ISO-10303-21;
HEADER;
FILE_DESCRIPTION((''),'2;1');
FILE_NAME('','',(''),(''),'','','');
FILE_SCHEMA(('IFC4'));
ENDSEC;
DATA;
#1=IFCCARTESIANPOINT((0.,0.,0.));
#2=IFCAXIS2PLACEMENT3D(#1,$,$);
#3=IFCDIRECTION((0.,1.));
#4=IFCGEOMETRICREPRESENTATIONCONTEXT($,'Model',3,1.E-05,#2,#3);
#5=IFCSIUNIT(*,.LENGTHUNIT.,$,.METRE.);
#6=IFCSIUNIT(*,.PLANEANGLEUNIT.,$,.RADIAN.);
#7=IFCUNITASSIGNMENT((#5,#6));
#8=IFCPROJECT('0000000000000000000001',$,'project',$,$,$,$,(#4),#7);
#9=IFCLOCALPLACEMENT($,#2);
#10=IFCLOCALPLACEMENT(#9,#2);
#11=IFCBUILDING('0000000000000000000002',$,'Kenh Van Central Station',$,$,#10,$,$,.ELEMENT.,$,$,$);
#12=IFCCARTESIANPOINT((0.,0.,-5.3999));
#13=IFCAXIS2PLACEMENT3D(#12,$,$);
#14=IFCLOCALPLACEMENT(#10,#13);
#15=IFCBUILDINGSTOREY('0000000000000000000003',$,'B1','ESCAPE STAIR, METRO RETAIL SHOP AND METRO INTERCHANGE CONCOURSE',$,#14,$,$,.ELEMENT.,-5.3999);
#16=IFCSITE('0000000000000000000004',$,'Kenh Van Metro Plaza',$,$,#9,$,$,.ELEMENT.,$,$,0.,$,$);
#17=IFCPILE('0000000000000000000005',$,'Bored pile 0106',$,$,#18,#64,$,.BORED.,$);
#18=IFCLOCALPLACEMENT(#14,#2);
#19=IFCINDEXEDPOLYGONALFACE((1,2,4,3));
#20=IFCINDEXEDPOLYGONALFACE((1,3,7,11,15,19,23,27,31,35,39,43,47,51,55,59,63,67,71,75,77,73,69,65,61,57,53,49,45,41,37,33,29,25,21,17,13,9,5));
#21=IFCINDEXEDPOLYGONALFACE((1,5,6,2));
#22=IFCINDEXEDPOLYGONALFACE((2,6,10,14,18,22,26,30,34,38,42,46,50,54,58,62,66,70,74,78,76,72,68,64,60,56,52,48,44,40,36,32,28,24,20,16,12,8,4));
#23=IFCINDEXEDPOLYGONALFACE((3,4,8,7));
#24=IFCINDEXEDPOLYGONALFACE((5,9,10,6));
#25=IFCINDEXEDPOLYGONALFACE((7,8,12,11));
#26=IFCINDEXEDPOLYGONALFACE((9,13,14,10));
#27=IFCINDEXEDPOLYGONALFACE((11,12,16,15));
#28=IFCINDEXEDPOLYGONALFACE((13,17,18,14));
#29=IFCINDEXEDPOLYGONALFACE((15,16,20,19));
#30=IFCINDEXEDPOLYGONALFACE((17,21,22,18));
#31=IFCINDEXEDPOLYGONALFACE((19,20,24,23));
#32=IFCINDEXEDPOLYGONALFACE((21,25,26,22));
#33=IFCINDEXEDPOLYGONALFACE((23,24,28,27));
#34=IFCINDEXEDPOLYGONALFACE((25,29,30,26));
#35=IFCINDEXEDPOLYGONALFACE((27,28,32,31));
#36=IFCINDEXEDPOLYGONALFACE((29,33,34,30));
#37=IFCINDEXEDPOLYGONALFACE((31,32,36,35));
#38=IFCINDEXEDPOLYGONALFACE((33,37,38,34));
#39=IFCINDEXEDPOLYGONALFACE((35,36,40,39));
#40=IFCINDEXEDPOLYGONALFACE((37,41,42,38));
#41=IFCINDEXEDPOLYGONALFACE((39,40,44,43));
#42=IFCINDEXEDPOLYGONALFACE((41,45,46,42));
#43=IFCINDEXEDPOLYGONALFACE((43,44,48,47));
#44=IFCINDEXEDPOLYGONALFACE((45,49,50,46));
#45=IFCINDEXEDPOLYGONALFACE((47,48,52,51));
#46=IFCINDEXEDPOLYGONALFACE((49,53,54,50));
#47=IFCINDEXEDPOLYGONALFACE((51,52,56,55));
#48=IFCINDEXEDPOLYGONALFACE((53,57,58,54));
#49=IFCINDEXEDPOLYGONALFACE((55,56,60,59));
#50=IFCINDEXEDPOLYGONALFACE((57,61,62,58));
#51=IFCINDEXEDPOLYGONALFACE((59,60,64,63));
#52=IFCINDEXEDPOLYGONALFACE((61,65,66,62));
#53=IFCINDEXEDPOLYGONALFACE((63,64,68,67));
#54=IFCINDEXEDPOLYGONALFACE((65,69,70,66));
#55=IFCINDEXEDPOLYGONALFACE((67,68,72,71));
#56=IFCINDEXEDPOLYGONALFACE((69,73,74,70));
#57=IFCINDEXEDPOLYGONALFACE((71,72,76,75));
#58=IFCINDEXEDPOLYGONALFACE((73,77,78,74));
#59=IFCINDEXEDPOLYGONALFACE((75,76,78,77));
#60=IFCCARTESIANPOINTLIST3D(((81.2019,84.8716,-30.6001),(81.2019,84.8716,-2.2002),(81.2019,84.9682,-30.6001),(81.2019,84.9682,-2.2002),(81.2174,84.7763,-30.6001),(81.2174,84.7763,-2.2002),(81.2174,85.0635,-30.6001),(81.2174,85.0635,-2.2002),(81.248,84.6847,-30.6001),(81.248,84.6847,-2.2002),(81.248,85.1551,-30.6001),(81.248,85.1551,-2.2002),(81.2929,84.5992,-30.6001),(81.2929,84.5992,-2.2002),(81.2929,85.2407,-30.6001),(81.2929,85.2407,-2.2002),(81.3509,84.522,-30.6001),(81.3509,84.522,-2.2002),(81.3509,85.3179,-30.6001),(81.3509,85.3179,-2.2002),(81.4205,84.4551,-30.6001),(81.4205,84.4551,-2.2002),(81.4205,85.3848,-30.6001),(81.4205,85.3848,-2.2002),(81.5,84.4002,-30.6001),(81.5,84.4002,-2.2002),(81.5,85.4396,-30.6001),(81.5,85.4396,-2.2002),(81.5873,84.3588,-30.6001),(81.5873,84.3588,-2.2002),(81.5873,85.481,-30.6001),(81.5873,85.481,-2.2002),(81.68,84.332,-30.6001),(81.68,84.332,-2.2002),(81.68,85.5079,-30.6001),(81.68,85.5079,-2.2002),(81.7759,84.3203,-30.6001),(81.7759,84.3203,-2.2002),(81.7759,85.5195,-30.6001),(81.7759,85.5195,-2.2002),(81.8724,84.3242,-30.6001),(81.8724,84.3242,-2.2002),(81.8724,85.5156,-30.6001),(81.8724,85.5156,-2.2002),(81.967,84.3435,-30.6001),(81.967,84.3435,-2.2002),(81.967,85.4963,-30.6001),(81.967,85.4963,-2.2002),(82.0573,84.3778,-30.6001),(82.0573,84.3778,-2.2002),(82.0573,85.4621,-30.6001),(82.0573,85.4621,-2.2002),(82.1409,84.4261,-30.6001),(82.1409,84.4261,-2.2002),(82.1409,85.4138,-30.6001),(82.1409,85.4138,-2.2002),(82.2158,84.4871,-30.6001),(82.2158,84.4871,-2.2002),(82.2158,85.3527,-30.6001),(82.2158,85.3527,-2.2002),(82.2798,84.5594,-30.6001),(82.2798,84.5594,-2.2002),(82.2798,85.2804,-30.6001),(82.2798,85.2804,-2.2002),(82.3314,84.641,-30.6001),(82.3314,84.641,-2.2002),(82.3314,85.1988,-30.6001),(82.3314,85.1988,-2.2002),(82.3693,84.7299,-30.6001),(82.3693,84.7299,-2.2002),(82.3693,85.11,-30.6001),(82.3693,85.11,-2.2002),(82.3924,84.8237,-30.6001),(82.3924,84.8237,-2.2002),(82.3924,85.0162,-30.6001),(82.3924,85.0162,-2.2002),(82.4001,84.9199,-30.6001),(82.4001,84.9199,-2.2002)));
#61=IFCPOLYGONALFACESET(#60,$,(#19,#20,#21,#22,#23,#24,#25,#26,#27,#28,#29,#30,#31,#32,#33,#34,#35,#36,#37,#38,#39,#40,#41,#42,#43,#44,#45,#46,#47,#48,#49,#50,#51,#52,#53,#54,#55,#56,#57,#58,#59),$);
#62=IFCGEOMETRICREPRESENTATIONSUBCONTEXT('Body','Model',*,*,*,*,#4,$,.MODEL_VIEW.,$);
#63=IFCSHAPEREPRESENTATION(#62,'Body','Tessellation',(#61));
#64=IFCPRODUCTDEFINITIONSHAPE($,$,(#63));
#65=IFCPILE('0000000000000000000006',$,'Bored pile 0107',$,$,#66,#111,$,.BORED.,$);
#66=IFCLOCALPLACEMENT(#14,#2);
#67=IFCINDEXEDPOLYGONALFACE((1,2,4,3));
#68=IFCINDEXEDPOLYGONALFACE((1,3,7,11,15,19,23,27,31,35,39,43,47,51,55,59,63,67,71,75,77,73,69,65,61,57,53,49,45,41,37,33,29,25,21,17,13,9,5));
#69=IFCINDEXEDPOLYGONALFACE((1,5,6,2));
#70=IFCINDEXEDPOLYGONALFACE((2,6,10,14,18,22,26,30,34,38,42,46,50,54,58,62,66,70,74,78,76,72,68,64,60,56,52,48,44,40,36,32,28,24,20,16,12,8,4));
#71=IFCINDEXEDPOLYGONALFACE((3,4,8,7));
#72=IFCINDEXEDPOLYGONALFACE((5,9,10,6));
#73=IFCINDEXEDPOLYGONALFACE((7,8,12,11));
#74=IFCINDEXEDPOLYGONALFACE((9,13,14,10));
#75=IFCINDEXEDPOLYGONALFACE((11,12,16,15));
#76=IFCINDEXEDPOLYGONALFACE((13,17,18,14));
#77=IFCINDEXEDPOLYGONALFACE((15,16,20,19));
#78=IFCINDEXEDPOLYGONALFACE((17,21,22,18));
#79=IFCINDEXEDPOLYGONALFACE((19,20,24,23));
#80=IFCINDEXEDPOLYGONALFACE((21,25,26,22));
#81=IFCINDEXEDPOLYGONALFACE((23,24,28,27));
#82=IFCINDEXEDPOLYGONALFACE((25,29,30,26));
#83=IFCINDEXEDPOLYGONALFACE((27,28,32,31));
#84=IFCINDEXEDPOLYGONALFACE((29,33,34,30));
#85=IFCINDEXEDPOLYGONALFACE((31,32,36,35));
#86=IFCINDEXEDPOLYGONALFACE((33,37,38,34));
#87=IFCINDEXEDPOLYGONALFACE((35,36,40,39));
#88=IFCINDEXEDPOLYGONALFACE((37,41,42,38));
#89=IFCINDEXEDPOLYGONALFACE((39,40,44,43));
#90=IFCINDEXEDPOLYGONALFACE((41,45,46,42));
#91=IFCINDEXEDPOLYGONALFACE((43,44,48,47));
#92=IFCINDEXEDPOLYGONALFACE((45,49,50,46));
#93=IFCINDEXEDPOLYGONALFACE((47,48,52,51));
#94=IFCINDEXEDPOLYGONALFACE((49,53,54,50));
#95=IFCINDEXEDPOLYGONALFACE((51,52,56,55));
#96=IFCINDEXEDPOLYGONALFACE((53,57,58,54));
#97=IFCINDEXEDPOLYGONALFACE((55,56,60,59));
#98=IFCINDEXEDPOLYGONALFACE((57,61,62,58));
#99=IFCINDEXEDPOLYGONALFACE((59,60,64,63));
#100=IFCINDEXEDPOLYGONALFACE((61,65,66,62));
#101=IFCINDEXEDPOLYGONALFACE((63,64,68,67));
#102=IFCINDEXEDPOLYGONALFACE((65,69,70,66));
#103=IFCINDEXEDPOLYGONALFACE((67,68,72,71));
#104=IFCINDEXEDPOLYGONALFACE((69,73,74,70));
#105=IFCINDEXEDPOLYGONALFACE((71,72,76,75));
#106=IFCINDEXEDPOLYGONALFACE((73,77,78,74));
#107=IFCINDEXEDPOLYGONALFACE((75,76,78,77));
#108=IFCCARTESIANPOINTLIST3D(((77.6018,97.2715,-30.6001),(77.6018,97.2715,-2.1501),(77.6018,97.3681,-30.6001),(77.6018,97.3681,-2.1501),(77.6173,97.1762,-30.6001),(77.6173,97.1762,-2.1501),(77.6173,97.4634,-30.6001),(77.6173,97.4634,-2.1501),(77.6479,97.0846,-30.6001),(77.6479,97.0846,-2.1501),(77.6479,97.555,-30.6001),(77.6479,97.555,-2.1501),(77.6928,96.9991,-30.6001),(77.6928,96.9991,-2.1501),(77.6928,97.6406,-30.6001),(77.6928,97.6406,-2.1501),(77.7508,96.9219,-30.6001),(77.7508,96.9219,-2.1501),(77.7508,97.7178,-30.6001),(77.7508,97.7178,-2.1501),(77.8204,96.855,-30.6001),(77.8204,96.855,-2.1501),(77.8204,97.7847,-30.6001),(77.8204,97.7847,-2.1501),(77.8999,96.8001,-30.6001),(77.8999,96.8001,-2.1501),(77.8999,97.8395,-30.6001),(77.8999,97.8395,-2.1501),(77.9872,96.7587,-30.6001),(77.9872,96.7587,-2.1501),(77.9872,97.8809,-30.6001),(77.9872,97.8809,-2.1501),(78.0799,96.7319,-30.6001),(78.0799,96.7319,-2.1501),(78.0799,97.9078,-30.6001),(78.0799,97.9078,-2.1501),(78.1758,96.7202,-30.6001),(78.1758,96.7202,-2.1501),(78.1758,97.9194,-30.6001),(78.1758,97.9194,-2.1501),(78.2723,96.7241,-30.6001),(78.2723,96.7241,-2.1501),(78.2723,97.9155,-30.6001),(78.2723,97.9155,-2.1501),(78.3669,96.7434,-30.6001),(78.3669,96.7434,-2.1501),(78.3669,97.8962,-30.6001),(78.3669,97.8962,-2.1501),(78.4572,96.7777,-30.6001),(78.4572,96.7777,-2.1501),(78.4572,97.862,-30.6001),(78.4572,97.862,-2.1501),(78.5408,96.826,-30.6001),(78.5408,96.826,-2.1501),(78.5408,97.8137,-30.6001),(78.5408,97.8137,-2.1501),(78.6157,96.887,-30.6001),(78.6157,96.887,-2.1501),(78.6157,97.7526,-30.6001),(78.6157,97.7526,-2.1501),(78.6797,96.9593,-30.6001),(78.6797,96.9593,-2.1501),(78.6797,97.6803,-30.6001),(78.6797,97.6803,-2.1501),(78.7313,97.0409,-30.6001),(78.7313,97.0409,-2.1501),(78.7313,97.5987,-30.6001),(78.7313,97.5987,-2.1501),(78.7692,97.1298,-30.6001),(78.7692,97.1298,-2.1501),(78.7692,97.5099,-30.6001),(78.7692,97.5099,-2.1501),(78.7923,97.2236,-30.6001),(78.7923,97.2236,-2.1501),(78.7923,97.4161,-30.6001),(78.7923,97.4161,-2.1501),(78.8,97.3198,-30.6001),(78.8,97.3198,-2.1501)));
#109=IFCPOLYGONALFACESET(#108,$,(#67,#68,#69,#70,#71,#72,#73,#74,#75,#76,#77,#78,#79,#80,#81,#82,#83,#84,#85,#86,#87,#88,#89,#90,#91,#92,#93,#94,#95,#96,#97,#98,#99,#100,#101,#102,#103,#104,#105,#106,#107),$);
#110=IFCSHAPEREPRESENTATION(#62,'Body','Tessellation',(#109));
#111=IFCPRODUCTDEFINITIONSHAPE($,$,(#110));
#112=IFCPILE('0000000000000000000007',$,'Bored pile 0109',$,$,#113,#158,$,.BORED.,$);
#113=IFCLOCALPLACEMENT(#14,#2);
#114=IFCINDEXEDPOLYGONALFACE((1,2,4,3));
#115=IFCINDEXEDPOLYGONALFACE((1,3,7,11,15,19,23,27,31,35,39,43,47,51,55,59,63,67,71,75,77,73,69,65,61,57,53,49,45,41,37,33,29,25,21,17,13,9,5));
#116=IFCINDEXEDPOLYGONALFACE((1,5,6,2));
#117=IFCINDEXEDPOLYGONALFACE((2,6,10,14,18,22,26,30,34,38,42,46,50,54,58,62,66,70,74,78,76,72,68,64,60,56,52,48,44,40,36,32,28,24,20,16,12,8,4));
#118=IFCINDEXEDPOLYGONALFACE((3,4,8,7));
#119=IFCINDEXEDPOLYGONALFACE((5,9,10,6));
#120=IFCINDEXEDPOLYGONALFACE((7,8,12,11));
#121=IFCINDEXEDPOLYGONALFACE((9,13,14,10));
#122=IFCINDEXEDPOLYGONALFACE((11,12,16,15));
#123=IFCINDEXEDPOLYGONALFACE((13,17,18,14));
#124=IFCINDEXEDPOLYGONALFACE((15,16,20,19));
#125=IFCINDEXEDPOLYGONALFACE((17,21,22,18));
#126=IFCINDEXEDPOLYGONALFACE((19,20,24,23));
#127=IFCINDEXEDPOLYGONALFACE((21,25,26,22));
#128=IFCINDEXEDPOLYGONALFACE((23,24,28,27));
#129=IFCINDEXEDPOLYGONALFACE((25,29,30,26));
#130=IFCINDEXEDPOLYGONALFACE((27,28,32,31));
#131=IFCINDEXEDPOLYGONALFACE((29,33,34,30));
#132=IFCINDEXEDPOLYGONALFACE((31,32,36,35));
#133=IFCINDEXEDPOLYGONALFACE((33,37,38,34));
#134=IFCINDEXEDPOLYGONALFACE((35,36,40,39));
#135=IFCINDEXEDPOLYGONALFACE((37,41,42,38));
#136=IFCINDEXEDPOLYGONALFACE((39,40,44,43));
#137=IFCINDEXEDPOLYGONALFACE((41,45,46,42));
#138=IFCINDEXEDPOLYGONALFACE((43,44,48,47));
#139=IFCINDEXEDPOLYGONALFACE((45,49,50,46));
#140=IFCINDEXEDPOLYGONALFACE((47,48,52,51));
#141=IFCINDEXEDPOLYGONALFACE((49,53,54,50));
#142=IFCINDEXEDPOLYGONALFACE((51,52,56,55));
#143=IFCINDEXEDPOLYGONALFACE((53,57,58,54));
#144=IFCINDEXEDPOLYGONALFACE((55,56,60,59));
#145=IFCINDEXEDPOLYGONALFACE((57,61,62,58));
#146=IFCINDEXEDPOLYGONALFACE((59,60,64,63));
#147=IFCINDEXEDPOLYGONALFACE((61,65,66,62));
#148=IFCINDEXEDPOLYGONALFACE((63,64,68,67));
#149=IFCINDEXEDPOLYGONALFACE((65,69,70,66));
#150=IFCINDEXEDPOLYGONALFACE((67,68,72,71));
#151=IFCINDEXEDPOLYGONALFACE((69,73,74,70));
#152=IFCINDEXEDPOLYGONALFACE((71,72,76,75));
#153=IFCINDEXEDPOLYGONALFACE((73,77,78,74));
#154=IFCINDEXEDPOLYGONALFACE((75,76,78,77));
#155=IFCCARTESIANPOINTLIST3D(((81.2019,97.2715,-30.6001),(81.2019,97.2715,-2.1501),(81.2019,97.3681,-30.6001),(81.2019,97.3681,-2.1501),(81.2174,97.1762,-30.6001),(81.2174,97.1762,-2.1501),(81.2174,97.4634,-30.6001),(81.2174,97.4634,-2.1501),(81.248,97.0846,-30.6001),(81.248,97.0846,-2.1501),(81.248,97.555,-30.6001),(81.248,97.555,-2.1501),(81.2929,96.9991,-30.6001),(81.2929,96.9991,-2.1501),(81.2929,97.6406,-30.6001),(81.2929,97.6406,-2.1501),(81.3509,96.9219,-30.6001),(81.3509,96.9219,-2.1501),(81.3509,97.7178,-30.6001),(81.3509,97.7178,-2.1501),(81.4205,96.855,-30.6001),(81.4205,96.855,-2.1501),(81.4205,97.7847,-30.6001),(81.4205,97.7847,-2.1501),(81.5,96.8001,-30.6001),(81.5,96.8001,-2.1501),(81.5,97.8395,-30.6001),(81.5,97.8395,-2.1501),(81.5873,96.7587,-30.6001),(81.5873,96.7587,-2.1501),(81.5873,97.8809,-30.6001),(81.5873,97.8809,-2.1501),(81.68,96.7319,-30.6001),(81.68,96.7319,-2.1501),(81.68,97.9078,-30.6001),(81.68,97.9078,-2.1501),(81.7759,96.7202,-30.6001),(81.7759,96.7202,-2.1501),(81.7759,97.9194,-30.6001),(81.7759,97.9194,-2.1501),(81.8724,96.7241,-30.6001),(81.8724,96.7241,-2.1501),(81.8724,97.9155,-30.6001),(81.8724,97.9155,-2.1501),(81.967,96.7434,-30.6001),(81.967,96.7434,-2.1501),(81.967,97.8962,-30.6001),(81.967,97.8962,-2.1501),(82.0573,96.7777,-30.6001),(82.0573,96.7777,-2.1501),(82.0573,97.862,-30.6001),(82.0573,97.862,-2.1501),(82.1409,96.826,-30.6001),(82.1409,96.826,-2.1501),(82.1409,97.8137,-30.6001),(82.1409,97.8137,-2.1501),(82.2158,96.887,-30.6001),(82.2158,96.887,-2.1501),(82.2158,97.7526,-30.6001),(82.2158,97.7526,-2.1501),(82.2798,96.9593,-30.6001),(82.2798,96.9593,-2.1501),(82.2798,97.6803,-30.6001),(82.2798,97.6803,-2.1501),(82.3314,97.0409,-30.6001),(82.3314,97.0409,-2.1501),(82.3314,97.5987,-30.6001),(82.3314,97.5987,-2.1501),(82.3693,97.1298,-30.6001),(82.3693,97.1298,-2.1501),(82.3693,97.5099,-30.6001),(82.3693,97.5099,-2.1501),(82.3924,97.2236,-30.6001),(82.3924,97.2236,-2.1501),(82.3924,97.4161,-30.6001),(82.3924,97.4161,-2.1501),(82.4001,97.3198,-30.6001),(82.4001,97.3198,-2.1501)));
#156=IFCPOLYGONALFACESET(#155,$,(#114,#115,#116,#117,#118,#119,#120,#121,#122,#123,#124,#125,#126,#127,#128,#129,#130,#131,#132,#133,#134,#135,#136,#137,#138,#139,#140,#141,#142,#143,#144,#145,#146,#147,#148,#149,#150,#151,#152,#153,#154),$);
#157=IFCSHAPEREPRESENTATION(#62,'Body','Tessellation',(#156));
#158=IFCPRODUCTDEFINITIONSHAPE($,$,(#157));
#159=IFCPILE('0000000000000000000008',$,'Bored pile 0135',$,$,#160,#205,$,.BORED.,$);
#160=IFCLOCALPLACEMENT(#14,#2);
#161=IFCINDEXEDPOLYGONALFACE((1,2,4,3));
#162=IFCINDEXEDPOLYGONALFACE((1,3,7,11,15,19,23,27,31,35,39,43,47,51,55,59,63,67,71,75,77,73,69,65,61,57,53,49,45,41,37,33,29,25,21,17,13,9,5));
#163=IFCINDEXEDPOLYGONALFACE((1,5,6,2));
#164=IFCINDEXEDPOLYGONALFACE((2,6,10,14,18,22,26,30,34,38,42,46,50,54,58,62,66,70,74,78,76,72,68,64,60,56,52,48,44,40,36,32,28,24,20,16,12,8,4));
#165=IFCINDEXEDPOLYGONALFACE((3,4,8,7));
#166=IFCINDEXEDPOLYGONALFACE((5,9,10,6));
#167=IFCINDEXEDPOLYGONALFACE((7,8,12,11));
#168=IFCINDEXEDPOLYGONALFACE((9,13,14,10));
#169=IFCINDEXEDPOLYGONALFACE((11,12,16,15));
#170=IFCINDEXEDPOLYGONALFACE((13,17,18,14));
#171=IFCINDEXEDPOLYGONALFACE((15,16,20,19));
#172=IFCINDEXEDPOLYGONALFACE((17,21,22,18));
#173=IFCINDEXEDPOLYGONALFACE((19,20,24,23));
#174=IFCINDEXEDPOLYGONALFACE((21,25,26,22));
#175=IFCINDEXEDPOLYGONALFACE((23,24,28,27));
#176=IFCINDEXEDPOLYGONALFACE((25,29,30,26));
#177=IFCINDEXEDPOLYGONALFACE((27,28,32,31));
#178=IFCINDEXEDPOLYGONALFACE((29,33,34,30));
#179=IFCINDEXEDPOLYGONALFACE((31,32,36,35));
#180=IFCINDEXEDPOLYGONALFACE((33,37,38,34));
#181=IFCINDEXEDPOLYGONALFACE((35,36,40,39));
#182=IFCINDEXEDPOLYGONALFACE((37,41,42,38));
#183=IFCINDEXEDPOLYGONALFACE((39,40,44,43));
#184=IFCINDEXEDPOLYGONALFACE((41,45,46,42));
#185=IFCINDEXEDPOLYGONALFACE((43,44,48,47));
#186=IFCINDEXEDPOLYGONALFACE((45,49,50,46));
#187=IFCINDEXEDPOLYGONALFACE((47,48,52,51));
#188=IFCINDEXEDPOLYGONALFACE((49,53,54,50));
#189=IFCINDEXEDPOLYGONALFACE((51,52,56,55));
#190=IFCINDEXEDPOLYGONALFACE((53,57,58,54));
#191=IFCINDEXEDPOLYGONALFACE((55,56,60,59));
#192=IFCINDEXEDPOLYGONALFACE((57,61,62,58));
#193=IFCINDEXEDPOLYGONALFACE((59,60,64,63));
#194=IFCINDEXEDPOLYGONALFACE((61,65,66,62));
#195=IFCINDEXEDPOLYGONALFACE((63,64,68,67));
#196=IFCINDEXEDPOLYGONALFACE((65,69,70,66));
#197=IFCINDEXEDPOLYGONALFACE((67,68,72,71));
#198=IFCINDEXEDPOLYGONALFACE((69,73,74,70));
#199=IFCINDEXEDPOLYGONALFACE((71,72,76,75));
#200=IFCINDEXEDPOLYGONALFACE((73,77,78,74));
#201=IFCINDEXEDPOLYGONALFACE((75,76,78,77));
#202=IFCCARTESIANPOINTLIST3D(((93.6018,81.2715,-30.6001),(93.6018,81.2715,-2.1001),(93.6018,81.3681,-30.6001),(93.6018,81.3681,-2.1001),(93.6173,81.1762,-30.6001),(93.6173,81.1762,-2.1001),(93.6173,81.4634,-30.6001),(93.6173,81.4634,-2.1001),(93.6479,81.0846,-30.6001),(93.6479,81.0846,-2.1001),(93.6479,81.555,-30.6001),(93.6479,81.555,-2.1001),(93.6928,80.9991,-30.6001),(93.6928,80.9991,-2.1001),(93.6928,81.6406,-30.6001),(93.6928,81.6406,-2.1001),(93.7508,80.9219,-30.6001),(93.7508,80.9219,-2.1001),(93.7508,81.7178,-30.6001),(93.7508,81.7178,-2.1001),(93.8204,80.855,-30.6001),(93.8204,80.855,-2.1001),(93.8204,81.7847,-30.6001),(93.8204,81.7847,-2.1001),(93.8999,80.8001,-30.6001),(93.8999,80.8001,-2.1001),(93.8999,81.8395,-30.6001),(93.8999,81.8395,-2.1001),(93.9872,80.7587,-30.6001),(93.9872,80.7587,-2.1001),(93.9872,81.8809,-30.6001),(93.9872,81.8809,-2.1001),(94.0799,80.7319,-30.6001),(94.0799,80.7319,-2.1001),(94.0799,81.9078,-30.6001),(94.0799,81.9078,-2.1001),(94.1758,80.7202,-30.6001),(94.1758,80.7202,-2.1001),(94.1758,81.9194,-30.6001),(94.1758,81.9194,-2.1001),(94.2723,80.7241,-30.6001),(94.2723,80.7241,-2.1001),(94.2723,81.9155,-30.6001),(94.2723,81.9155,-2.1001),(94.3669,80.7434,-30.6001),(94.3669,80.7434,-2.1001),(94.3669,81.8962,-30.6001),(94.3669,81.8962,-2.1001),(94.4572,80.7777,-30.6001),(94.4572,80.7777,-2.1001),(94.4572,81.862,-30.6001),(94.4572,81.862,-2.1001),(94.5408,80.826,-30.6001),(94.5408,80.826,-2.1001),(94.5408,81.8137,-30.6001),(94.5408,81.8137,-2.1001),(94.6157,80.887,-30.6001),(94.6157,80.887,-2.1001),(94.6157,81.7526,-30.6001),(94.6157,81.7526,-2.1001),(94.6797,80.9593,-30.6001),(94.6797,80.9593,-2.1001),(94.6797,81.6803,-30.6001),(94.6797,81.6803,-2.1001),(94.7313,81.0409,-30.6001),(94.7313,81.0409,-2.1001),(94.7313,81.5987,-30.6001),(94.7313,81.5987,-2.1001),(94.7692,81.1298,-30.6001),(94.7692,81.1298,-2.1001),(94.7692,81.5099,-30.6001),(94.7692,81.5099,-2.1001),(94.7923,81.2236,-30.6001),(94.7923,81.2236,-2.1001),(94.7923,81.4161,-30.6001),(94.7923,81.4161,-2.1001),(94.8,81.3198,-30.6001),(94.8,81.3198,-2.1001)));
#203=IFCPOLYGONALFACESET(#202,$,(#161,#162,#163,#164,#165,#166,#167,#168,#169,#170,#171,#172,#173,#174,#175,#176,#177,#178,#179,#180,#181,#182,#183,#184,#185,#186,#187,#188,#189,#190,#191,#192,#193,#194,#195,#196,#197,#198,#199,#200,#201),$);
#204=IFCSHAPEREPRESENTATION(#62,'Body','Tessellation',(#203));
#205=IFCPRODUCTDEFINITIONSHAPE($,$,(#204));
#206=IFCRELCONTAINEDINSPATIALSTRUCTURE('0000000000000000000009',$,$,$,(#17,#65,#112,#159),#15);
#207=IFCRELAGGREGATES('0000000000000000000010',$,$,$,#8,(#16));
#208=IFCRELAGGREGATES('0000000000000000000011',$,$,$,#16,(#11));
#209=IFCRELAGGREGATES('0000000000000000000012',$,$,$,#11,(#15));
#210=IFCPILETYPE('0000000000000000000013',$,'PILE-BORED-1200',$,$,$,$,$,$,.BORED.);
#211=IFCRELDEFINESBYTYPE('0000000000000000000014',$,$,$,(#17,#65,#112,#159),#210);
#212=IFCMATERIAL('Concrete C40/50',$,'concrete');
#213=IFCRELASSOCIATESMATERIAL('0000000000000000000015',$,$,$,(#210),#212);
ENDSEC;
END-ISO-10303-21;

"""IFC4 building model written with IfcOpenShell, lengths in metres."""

from ifc_helpers import new_model, si_unit, direction, frame, origin, origin_2d, place, context, subcontext, project, spatial, circle, extrude, material, material_profile, profile_set, type_object, element, save


model = new_model("IFC4")

# Units and contexts
model_context = context("Model", 3, precision=1e-05, world=origin(), true_north=direction((0.0, 1.0)))
body_context = subcontext(model_context, "Body", "Model", "MODEL_VIEW")
ifc_project = project(units=[si_unit("LENGTHUNIT", "METRE"), si_unit("PLANEANGLEUNIT", "RADIAN")], contexts=[model_context])

# Site, building, storey
site_placement = place(None, origin())
site = spatial("IfcSite", under=ifc_project, at=site_placement, Name="Kenh Van Metro Plaza", CompositionType="ELEMENT", RefElevation=0.0)
building_placement = place(site_placement, origin())
building = spatial("IfcBuilding", under=site, at=building_placement, Name="Kenh Van Central Station", CompositionType="ELEMENT")
storey_placement = place(building_placement, frame((0.0, 0.0, -5.3999)))
storey = spatial("IfcBuildingStorey", under=building, at=storey_placement, Name="B1", Description="ESCAPE STAIR, METRO RETAIL SHOP AND METRO INTERCHANGE CONCOURSE", CompositionType="ELEMENT", Elevation=-5.3999)

# Shared definitions
ifc_material_1 = material(Name="Concrete C40/50", Category="concrete")

# Piles
ifc_material_profile_1 = material_profile(ifc_material_1, circle(Radius=0.6001, at=origin_2d()), Name="PILE D1200")
ifc_profile_set_1 = profile_set([ifc_material_profile_1], Name="Concrete C40/50")
pile_type_1 = type_object("IfcPileType", Name="PILE-BORED-1200", PredefinedType="BORED", material=ifc_profile_set_1)
for number, where, z_axis, x_axis, name in (
    (1, (81.8, 84.9199, -2.2002), (0.0, 0.0, -1.0), (1.0, 0.0, 0.0), "Bored pile 0106"),
):
    element("IfcPile", number, at=place(storey_placement, frame(where, z_axis=z_axis, x_axis=x_axis)), inside=storey, type_object=pile_type_1, Name=name, PredefinedType="BORED", context=body_context, shape_type="SweptSolid", body=[
        extrude(circle(Radius=0.6001, at=origin_2d()), origin(), (0.0, 0.0, 1.0), 28.3999),
    ])
for number, where, z_axis, x_axis, name in (
    (2, (78.2, 97.3198, -2.1501), (0.0, 0.0, -1.0), (1.0, 0.0, 0.0), "Bored pile 0107"),
    (3, (81.8, 97.3198, -2.1501), (0.0, 0.0, -1.0), (1.0, 0.0, 0.0), "Bored pile 0109"),
):
    element("IfcPile", number, at=place(storey_placement, frame(where, z_axis=z_axis, x_axis=x_axis)), inside=storey, type_object=pile_type_1, Name=name, PredefinedType="BORED", context=body_context, shape_type="SweptSolid", body=[
        extrude(circle(Radius=0.6001, at=origin_2d()), origin(), (0.0, 0.0, 1.0), 28.45),
    ])
for number, where, z_axis, x_axis, name in (
    (4, (94.2, 81.3198, -2.1001), (0.0, 0.0, -1.0), (1.0, 0.0, 0.0), "Bored pile 0135"),
):
    element("IfcPile", number, at=place(storey_placement, frame(where, z_axis=z_axis, x_axis=x_axis)), inside=storey, type_object=pile_type_1, Name=name, PredefinedType="BORED", context=body_context, shape_type="SweptSolid", body=[
        extrude(circle(Radius=0.6001, at=origin_2d()), origin(), (0.0, 0.0, 1.0), 28.5),
    ])

save(model, "model.ifc")
